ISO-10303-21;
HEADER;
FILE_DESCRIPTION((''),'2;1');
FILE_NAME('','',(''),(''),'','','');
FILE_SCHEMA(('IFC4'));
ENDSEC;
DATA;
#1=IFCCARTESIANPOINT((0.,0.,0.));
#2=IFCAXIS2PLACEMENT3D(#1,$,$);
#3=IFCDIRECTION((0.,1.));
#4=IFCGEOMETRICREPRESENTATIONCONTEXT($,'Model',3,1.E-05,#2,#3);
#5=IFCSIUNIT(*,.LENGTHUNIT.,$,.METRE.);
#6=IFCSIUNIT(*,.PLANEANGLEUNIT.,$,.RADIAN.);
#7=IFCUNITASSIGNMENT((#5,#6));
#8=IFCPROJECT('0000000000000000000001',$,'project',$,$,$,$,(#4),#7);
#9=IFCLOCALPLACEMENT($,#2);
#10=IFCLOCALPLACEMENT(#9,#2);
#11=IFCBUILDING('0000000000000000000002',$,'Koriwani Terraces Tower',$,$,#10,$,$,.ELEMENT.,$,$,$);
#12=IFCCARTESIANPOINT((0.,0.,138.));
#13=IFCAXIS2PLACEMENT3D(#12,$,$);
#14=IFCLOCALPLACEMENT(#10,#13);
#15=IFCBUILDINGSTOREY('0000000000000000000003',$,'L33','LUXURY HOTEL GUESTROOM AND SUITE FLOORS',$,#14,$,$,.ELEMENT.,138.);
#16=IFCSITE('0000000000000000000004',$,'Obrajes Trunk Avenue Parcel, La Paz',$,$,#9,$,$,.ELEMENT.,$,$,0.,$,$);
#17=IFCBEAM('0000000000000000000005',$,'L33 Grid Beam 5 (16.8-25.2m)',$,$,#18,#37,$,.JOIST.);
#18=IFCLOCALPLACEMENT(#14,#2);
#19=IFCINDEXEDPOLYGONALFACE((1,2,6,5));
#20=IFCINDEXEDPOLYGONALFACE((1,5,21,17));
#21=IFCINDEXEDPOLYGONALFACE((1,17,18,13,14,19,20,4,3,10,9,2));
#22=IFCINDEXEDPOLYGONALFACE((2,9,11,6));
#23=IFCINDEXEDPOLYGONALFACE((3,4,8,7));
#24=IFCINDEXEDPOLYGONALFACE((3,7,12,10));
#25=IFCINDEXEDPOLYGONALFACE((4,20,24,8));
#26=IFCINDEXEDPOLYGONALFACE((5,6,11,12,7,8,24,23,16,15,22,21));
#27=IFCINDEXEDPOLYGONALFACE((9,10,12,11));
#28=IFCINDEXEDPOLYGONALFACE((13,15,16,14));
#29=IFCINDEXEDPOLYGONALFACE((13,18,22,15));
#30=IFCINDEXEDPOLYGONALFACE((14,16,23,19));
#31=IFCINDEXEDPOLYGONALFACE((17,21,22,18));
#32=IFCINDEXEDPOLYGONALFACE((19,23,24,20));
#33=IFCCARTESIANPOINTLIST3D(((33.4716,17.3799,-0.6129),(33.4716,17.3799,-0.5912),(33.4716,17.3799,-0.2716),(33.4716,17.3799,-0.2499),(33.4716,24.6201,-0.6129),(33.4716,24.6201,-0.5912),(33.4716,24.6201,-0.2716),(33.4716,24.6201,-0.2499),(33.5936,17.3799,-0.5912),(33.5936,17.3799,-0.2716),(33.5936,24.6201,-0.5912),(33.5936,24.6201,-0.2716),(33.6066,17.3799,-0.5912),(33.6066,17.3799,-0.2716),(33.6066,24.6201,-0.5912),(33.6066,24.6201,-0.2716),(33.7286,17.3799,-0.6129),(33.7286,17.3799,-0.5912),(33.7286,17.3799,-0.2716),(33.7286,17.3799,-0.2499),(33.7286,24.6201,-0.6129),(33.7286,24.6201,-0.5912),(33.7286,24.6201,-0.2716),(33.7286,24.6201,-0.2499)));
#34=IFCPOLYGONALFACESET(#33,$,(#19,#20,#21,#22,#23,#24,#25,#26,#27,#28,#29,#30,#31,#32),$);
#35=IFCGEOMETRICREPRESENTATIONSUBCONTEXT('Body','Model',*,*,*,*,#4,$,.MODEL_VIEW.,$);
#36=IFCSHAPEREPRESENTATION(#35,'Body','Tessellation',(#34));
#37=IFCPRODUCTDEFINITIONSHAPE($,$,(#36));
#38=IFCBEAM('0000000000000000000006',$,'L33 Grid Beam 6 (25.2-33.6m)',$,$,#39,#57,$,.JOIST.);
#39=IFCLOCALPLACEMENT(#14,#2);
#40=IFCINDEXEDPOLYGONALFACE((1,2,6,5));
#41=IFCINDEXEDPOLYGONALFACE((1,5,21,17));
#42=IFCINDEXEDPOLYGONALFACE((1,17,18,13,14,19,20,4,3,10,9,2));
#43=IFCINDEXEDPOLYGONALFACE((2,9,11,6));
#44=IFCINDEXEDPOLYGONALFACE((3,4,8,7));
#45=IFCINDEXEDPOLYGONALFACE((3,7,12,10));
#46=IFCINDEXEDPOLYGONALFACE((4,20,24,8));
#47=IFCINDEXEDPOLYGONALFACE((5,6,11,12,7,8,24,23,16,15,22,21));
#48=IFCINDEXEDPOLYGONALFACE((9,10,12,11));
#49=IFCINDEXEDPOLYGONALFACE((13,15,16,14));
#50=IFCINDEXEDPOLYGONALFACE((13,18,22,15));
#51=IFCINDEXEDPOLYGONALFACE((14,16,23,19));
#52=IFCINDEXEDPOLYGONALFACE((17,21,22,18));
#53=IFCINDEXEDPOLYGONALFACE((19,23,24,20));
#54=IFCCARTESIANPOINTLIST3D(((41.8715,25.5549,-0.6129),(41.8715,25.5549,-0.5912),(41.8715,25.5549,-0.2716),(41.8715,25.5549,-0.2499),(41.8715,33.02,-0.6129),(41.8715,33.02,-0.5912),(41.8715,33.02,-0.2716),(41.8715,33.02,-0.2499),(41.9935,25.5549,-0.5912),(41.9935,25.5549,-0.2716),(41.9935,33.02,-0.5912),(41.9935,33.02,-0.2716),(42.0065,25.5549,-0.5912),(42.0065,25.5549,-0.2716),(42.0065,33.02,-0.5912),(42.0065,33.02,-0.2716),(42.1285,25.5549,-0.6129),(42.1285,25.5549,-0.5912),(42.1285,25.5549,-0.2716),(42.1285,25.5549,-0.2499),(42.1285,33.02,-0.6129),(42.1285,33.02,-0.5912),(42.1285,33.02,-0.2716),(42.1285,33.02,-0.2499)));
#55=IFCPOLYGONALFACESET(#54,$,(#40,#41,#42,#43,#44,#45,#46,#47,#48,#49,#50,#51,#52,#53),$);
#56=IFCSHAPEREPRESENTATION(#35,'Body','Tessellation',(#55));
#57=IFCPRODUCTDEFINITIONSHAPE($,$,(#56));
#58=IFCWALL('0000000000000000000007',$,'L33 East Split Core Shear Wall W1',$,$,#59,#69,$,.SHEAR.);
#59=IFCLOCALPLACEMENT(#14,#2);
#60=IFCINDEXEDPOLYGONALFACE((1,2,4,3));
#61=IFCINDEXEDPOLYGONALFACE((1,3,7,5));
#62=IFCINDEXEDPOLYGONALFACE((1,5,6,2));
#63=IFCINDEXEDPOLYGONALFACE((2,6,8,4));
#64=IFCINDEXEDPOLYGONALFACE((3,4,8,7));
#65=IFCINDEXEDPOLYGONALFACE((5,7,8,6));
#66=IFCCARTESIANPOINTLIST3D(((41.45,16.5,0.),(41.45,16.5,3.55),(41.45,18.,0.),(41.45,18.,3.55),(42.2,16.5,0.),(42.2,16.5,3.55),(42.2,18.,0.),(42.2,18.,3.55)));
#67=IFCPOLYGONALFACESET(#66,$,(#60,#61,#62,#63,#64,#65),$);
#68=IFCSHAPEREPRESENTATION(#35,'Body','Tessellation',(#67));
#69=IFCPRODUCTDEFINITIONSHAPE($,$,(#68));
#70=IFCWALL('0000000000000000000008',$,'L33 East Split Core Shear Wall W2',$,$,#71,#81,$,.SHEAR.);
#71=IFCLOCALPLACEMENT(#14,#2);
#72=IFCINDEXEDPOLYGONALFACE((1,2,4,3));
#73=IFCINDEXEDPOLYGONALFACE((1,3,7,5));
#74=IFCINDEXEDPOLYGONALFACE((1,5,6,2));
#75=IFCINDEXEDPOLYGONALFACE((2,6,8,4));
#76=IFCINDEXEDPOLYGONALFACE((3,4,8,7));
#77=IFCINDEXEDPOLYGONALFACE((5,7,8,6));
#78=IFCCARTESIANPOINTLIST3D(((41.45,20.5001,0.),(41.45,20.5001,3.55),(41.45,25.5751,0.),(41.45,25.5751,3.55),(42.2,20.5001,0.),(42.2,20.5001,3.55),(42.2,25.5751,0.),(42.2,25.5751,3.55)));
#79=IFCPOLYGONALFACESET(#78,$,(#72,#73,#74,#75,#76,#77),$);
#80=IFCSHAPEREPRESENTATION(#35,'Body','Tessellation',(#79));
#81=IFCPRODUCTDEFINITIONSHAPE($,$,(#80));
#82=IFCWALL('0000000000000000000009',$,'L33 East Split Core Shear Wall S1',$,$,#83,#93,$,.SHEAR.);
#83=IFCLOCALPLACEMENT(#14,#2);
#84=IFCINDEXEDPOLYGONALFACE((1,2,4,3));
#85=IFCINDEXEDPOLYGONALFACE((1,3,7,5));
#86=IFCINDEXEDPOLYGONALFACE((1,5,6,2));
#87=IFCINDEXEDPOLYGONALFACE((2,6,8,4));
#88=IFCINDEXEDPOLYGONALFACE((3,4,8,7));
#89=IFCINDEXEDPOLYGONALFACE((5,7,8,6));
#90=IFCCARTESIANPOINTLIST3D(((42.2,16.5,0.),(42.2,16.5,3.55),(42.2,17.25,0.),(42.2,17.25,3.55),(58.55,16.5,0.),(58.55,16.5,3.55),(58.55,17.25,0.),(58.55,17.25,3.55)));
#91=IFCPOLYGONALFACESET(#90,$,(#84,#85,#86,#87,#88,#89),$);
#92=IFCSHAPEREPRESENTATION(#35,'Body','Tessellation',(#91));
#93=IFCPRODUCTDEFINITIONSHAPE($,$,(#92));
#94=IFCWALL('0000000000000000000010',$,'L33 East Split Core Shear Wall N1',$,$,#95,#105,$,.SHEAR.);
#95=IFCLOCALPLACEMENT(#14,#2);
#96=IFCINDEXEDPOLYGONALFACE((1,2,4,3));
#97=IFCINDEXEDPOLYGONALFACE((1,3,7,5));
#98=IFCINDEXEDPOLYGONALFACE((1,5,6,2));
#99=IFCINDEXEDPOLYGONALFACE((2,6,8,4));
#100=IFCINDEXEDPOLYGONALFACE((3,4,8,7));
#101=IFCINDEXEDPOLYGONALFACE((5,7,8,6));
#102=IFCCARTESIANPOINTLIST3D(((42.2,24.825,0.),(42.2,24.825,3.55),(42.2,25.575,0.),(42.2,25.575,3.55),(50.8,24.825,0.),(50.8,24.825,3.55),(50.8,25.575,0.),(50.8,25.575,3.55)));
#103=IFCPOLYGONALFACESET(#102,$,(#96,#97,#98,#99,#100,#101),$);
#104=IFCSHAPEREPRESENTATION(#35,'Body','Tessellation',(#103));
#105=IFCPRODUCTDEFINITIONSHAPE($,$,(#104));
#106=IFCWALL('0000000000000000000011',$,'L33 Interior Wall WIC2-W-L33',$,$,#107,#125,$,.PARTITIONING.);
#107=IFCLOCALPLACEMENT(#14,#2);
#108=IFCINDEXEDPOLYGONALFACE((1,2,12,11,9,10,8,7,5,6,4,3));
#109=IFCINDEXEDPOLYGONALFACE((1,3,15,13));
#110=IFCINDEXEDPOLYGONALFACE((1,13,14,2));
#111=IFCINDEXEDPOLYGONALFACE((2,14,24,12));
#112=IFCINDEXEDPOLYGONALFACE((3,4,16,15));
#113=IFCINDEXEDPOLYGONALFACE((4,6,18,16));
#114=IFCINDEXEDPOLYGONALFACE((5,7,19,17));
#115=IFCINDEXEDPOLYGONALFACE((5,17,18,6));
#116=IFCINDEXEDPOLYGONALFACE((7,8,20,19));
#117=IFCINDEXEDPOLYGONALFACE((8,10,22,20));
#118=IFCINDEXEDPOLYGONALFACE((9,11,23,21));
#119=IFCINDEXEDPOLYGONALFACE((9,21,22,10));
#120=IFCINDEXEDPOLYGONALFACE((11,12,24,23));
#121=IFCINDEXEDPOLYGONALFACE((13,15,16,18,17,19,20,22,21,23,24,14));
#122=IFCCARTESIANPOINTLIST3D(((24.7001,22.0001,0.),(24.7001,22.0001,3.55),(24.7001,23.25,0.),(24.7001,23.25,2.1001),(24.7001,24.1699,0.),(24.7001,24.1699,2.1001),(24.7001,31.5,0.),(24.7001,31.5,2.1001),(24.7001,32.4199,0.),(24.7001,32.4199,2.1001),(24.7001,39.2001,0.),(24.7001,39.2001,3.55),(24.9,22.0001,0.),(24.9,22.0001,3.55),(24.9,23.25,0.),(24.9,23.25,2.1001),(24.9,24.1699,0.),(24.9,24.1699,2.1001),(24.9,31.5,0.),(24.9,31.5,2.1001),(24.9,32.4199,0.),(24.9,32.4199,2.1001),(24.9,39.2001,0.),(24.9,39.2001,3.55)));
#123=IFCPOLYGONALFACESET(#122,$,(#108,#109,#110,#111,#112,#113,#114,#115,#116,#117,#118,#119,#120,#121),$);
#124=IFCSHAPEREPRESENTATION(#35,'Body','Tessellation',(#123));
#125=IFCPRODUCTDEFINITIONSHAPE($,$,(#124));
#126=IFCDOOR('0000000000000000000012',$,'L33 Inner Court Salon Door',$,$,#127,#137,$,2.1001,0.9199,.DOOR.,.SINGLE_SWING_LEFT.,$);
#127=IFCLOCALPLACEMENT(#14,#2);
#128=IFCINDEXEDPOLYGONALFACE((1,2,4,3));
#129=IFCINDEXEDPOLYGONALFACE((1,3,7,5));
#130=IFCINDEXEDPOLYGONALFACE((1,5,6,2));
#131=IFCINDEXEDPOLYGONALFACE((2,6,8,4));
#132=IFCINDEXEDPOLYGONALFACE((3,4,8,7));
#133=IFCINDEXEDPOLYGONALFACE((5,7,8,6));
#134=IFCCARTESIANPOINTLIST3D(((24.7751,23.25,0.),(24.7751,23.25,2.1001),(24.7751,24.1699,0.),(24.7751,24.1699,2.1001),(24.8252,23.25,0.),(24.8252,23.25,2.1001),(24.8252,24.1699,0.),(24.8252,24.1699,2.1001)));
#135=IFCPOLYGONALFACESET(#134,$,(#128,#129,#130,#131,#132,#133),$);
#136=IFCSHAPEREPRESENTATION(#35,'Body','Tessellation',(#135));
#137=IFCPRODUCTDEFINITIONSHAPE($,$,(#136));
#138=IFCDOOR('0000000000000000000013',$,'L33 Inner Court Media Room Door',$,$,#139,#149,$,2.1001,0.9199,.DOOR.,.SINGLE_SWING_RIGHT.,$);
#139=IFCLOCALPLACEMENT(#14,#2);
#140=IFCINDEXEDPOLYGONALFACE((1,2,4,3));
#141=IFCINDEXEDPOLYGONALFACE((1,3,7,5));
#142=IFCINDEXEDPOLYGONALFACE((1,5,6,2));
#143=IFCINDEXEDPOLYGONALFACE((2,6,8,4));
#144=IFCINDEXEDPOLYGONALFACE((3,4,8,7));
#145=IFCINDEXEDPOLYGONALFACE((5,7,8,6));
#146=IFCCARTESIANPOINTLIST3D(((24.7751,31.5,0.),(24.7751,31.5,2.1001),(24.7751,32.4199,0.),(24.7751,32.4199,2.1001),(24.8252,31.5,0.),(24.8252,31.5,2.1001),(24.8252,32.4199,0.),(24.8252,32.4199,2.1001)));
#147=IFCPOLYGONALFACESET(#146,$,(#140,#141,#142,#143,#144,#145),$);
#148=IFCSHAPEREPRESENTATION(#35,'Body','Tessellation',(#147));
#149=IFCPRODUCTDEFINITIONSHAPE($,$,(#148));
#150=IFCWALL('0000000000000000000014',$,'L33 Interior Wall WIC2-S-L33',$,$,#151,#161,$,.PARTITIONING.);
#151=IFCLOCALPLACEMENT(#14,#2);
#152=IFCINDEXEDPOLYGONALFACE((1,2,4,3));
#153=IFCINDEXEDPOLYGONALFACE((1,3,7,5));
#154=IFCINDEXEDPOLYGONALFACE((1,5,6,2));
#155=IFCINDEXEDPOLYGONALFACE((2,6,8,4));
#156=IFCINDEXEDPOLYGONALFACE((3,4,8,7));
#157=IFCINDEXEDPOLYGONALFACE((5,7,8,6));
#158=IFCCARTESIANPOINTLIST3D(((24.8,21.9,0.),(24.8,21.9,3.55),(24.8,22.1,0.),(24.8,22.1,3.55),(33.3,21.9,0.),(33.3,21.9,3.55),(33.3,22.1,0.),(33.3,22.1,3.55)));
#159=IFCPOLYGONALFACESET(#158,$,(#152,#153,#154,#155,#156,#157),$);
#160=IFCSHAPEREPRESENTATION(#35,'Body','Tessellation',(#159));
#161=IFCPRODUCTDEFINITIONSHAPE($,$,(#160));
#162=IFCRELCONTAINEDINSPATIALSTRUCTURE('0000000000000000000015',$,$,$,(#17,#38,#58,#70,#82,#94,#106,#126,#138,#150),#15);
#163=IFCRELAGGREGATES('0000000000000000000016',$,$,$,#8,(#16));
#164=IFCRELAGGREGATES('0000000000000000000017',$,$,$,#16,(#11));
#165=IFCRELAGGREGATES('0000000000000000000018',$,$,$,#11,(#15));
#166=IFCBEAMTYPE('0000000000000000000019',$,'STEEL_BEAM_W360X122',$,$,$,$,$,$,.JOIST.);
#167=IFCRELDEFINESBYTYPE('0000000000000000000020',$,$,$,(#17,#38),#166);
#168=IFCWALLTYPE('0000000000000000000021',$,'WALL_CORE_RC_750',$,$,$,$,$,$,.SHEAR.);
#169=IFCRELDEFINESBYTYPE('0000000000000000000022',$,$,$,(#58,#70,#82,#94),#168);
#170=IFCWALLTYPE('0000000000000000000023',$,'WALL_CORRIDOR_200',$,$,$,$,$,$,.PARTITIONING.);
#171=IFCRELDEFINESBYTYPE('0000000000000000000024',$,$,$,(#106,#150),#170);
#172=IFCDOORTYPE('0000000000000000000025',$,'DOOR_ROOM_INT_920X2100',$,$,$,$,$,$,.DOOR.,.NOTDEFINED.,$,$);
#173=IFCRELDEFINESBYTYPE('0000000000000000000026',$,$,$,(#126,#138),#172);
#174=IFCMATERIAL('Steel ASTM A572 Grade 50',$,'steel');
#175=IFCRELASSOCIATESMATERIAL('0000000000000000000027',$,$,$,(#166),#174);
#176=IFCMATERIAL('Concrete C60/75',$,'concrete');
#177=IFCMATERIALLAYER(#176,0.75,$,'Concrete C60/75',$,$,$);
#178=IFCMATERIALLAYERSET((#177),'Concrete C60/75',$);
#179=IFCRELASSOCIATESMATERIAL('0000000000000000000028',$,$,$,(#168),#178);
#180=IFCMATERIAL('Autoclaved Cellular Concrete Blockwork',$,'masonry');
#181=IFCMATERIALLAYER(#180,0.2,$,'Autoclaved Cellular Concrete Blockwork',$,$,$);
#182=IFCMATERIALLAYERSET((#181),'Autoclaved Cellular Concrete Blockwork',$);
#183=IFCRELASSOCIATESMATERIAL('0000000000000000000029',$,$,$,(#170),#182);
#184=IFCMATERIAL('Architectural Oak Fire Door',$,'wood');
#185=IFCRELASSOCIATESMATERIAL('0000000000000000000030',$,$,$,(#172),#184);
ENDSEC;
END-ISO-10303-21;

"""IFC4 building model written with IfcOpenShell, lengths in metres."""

from ifc_helpers import new_model, si_unit, direction, frame, frame_2d, origin, origin_2d, place, context, subcontext, project, spatial, rectangle, i_section, extrude, material, layer, layer_set, material_profile, profile_set, type_object, element, fill, save


model = new_model("IFC4")

# Units and contexts
model_context = context("Model", 3, precision=1e-05, world=origin(), true_north=direction((0.0, 1.0)))
body_context = subcontext(model_context, "Body", "Model", "MODEL_VIEW")
ifc_project = project(units=[si_unit("LENGTHUNIT", "METRE"), si_unit("PLANEANGLEUNIT", "RADIAN")], contexts=[model_context])

# Site, building, storey
site_placement = place(None, origin())
site = spatial("IfcSite", under=ifc_project, at=site_placement, Name="Obrajes Trunk Avenue Parcel, La Paz", CompositionType="ELEMENT", RefElevation=0.0)
building_placement = place(site_placement, origin())
building = spatial("IfcBuilding", under=site, at=building_placement, Name="Koriwani Terraces Tower", CompositionType="ELEMENT")
storey_placement = place(building_placement, frame((0.0, 0.0, 138.0)))
storey = spatial("IfcBuildingStorey", under=building, at=storey_placement, Name="L33", Description="LUXURY HOTEL GUESTROOM AND SUITE FLOORS", CompositionType="ELEMENT", Elevation=138.0)

# Shared definitions
ifc_material_1 = material(Name="Concrete C60/75", Category="concrete")

# Beams
ifc_material_2 = material(Name="Steel ASTM A572 Grade 50", Category="steel")
ifc_material_profile_1 = material_profile(ifc_material_2, i_section(OverallWidth=0.2571, OverallDepth=0.363, WebThickness=0.0129, FlangeThickness=0.0217, at=origin_2d()), Name="Steel ASTM A572 Grade 50", Category="LoadBearing")
ifc_profile_set_1 = profile_set([ifc_material_profile_1], Name="Steel ASTM A572 Grade 50")
beam_type_1 = type_object("IfcBeamType", Name="STEEL_BEAM_W360X122", PredefinedType="JOIST", material=ifc_profile_set_1)
beam_1_placement = place(storey_placement, frame((33.6001, 17.3799, -0.4314), z_axis=(0.0, 1.0, 0.0), x_axis=(-1.0, 0.0, 0.0)))
element("IfcBeam", 1, at=beam_1_placement, inside=storey, type_object=beam_type_1, Name="L33 Grid Beam 5 (16.8-25.2m)", PredefinedType="JOIST", context=body_context, shape_type="SweptSolid", body=[
    extrude(i_section(OverallWidth=0.2571, OverallDepth=0.363, WebThickness=0.0129, FlangeThickness=0.0217, at=origin_2d()), origin(), (0.0, 0.0, 1.0), 7.2402),
])
beam_2_placement = place(storey_placement, frame((42.0, 25.5549, -0.4314), z_axis=(0.0, 1.0, 0.0), x_axis=(-1.0, 0.0, 0.0)))
element("IfcBeam", 2, at=beam_2_placement, inside=storey, type_object=beam_type_1, Name="L33 Grid Beam 6 (25.2-33.6m)", PredefinedType="JOIST", context=body_context, shape_type="SweptSolid", body=[
    extrude(i_section(OverallWidth=0.2571, OverallDepth=0.363, WebThickness=0.0129, FlangeThickness=0.0217, at=origin_2d()), origin(), (0.0, 0.0, 1.0), 7.4651),
])

# Walls
ifc_layer_1 = layer(ifc_material_1, 0.75, Name="Concrete C60/75")
ifc_layer_set_1 = layer_set([ifc_layer_1], Name="Concrete C60/75")
wall_type_1 = type_object("IfcWallType", Name="WALL_CORE_RC_750", PredefinedType="SHEAR", material=ifc_layer_set_1)
wall_1_placement = place(storey_placement, frame((41.825, 16.5, 0.0), z_axis=(0.0, 0.0, 1.0), x_axis=(0.0, 1.0, 0.0)))
element("IfcWall", 3, at=wall_1_placement, inside=storey, type_object=wall_type_1, Name="L33 East Split Core Shear Wall W1", PredefinedType="SHEAR", context=body_context, shape_type="SweptSolid", body=[
    extrude(rectangle(XDim=1.5, YDim=0.75, at=frame_2d((0.75, 0.0))), origin(), (0.0, 0.0, 1.0), 3.55),
])
wall_2_placement = place(storey_placement, frame((41.825, 20.5, 0.0), z_axis=(0.0, 0.0, 1.0), x_axis=(0.0, 1.0, 0.0)))
element("IfcWall", 4, at=wall_2_placement, inside=storey, type_object=wall_type_1, Name="L33 East Split Core Shear Wall W2", PredefinedType="SHEAR", context=body_context, shape_type="SweptSolid", body=[
    extrude(rectangle(XDim=5.075, YDim=0.75, at=frame_2d((2.5376, 0.0))), origin(), (0.0, 0.0, 1.0), 3.55),
])
wall_3_placement = place(storey_placement, frame((42.2, 16.875, 0.0), z_axis=(0.0, 0.0, 1.0), x_axis=(1.0, 0.0, 0.0)))
element("IfcWall", 5, at=wall_3_placement, inside=storey, type_object=wall_type_1, Name="L33 East Split Core Shear Wall S1", PredefinedType="SHEAR", context=body_context, shape_type="SweptSolid", body=[
    extrude(rectangle(XDim=16.3501, YDim=0.75, at=frame_2d((8.175, 0.0))), origin(), (0.0, 0.0, 1.0), 3.55),
])
wall_4_placement = place(storey_placement, frame((42.2, 25.2, 0.0), z_axis=(0.0, 0.0, 1.0), x_axis=(1.0, 0.0, 0.0)))
element("IfcWall", 6, at=wall_4_placement, inside=storey, type_object=wall_type_1, Name="L33 East Split Core Shear Wall N1", PredefinedType="SHEAR", context=body_context, shape_type="SweptSolid", body=[
    extrude(rectangle(XDim=8.6001, YDim=0.75, at=frame_2d((4.3, 0.0))), origin(), (0.0, 0.0, 1.0), 3.55),
])

# Wall, openings, doors
ifc_material_3 = material(Name="Autoclaved Cellular Concrete Blockwork", Category="masonry")
ifc_layer_2 = layer(ifc_material_3, 0.2, Name="Autoclaved Cellular Concrete Blockwork")
ifc_layer_set_2 = layer_set([ifc_layer_2], Name="Autoclaved Cellular Concrete Blockwork")
wall_type_2 = type_object("IfcWallType", Name="WALL_CORRIDOR_200", PredefinedType="PARTITIONING", material=ifc_layer_set_2)
wall_5_placement = place(storey_placement, frame((24.8, 22.0, 0.0), z_axis=(0.0, 0.0, 1.0), x_axis=(0.0, 1.0, 0.0)))
wall_5 = element("IfcWall", 7, at=wall_5_placement, inside=storey, type_object=wall_type_2, Name="L33 Interior Wall WIC2-W-L33", PredefinedType="PARTITIONING", context=body_context, shape_type="SweptSolid", body=[
    extrude(rectangle(XDim=17.2, YDim=0.2, at=frame_2d((8.6001, 0.0))), origin(), (0.0, 0.0, 1.0), 3.55),
])
opening_1_placement = place(wall_5_placement, frame((1.25, 0.0, 0.0)))
opening_1 = element("IfcOpeningElement", 8, at=opening_1_placement, cuts=wall_5, PredefinedType="OPENING", context=body_context, shape_type="SweptSolid", body=[
    extrude(rectangle(XDim=0.9199, YDim=2.1001, at=frame_2d((0.46, 1.05))), frame((0.0, 0.1099, 0.0), z_axis=(0.0, -1.0, 0.0), x_axis=(1.0, 0.0, 0.0)), (0.0, 0.0, 1.0), 0.22),
])
opening_2_placement = place(wall_5_placement, frame((9.5, 0.0, 0.0)))
opening_2 = element("IfcOpeningElement", 9, at=opening_2_placement, cuts=wall_5, PredefinedType="OPENING", context=body_context, shape_type="SweptSolid", body=[
    extrude(rectangle(XDim=0.9199, YDim=2.1001, at=frame_2d((0.46, 1.05))), frame((0.0, 0.1099, 0.0), z_axis=(0.0, -1.0, 0.0), x_axis=(1.0, 0.0, 0.0)), (0.0, 0.0, 1.0), 0.22),
])
ifc_material_4 = material(Name="Architectural Oak Fire Door", Category="wood")
door_type_1 = type_object("IfcDoorType", Name="DOOR_ROOM_INT_920X2100", OperationType="NOTDEFINED", PredefinedType="DOOR", material=ifc_material_4)
door_1_placement = place(opening_1_placement, origin())
door_1 = element("IfcDoor", 10, at=door_1_placement, inside=storey, type_object=door_type_1, Name="L33 Inner Court Salon Door", OperationType="SINGLE_SWING_LEFT", OverallHeight=2.1001, OverallWidth=0.9199, PredefinedType="DOOR", context=body_context, shape_type="SweptSolid", body=[
    extrude(rectangle(XDim=0.9199, YDim=2.1001, at=frame_2d((0.46, 1.05))), frame((0.0, 0.0249, 0.0), z_axis=(0.0, -1.0, 0.0), x_axis=(1.0, 0.0, 0.0)), (0.0, 0.0, 1.0), 0.05),
])
fill(opening_1, door_1)
door_2_placement = place(opening_2_placement, origin())
door_2 = element("IfcDoor", 11, at=door_2_placement, inside=storey, type_object=door_type_1, Name="L33 Inner Court Media Room Door", OperationType="SINGLE_SWING_RIGHT", OverallHeight=2.1001, OverallWidth=0.9199, PredefinedType="DOOR", context=body_context, shape_type="SweptSolid", body=[
    extrude(rectangle(XDim=0.9199, YDim=2.1001, at=frame_2d((0.46, 1.05))), frame((0.0, 0.0249, 0.0), z_axis=(0.0, -1.0, 0.0), x_axis=(1.0, 0.0, 0.0)), (0.0, 0.0, 1.0), 0.05),
])
fill(opening_2, door_2)

# Wall
wall_6_placement = place(storey_placement, frame((24.8, 22.0, 0.0), z_axis=(0.0, 0.0, 1.0), x_axis=(1.0, 0.0, 0.0)))
element("IfcWall", 12, at=wall_6_placement, inside=storey, type_object=wall_type_2, Name="L33 Interior Wall WIC2-S-L33", PredefinedType="PARTITIONING", context=body_context, shape_type="SweptSolid", body=[
    extrude(rectangle(XDim=8.5, YDim=0.2, at=frame_2d((4.25, 0.0))), origin(), (0.0, 0.0, 1.0), 3.55),
])

save(model, "model.ifc")
